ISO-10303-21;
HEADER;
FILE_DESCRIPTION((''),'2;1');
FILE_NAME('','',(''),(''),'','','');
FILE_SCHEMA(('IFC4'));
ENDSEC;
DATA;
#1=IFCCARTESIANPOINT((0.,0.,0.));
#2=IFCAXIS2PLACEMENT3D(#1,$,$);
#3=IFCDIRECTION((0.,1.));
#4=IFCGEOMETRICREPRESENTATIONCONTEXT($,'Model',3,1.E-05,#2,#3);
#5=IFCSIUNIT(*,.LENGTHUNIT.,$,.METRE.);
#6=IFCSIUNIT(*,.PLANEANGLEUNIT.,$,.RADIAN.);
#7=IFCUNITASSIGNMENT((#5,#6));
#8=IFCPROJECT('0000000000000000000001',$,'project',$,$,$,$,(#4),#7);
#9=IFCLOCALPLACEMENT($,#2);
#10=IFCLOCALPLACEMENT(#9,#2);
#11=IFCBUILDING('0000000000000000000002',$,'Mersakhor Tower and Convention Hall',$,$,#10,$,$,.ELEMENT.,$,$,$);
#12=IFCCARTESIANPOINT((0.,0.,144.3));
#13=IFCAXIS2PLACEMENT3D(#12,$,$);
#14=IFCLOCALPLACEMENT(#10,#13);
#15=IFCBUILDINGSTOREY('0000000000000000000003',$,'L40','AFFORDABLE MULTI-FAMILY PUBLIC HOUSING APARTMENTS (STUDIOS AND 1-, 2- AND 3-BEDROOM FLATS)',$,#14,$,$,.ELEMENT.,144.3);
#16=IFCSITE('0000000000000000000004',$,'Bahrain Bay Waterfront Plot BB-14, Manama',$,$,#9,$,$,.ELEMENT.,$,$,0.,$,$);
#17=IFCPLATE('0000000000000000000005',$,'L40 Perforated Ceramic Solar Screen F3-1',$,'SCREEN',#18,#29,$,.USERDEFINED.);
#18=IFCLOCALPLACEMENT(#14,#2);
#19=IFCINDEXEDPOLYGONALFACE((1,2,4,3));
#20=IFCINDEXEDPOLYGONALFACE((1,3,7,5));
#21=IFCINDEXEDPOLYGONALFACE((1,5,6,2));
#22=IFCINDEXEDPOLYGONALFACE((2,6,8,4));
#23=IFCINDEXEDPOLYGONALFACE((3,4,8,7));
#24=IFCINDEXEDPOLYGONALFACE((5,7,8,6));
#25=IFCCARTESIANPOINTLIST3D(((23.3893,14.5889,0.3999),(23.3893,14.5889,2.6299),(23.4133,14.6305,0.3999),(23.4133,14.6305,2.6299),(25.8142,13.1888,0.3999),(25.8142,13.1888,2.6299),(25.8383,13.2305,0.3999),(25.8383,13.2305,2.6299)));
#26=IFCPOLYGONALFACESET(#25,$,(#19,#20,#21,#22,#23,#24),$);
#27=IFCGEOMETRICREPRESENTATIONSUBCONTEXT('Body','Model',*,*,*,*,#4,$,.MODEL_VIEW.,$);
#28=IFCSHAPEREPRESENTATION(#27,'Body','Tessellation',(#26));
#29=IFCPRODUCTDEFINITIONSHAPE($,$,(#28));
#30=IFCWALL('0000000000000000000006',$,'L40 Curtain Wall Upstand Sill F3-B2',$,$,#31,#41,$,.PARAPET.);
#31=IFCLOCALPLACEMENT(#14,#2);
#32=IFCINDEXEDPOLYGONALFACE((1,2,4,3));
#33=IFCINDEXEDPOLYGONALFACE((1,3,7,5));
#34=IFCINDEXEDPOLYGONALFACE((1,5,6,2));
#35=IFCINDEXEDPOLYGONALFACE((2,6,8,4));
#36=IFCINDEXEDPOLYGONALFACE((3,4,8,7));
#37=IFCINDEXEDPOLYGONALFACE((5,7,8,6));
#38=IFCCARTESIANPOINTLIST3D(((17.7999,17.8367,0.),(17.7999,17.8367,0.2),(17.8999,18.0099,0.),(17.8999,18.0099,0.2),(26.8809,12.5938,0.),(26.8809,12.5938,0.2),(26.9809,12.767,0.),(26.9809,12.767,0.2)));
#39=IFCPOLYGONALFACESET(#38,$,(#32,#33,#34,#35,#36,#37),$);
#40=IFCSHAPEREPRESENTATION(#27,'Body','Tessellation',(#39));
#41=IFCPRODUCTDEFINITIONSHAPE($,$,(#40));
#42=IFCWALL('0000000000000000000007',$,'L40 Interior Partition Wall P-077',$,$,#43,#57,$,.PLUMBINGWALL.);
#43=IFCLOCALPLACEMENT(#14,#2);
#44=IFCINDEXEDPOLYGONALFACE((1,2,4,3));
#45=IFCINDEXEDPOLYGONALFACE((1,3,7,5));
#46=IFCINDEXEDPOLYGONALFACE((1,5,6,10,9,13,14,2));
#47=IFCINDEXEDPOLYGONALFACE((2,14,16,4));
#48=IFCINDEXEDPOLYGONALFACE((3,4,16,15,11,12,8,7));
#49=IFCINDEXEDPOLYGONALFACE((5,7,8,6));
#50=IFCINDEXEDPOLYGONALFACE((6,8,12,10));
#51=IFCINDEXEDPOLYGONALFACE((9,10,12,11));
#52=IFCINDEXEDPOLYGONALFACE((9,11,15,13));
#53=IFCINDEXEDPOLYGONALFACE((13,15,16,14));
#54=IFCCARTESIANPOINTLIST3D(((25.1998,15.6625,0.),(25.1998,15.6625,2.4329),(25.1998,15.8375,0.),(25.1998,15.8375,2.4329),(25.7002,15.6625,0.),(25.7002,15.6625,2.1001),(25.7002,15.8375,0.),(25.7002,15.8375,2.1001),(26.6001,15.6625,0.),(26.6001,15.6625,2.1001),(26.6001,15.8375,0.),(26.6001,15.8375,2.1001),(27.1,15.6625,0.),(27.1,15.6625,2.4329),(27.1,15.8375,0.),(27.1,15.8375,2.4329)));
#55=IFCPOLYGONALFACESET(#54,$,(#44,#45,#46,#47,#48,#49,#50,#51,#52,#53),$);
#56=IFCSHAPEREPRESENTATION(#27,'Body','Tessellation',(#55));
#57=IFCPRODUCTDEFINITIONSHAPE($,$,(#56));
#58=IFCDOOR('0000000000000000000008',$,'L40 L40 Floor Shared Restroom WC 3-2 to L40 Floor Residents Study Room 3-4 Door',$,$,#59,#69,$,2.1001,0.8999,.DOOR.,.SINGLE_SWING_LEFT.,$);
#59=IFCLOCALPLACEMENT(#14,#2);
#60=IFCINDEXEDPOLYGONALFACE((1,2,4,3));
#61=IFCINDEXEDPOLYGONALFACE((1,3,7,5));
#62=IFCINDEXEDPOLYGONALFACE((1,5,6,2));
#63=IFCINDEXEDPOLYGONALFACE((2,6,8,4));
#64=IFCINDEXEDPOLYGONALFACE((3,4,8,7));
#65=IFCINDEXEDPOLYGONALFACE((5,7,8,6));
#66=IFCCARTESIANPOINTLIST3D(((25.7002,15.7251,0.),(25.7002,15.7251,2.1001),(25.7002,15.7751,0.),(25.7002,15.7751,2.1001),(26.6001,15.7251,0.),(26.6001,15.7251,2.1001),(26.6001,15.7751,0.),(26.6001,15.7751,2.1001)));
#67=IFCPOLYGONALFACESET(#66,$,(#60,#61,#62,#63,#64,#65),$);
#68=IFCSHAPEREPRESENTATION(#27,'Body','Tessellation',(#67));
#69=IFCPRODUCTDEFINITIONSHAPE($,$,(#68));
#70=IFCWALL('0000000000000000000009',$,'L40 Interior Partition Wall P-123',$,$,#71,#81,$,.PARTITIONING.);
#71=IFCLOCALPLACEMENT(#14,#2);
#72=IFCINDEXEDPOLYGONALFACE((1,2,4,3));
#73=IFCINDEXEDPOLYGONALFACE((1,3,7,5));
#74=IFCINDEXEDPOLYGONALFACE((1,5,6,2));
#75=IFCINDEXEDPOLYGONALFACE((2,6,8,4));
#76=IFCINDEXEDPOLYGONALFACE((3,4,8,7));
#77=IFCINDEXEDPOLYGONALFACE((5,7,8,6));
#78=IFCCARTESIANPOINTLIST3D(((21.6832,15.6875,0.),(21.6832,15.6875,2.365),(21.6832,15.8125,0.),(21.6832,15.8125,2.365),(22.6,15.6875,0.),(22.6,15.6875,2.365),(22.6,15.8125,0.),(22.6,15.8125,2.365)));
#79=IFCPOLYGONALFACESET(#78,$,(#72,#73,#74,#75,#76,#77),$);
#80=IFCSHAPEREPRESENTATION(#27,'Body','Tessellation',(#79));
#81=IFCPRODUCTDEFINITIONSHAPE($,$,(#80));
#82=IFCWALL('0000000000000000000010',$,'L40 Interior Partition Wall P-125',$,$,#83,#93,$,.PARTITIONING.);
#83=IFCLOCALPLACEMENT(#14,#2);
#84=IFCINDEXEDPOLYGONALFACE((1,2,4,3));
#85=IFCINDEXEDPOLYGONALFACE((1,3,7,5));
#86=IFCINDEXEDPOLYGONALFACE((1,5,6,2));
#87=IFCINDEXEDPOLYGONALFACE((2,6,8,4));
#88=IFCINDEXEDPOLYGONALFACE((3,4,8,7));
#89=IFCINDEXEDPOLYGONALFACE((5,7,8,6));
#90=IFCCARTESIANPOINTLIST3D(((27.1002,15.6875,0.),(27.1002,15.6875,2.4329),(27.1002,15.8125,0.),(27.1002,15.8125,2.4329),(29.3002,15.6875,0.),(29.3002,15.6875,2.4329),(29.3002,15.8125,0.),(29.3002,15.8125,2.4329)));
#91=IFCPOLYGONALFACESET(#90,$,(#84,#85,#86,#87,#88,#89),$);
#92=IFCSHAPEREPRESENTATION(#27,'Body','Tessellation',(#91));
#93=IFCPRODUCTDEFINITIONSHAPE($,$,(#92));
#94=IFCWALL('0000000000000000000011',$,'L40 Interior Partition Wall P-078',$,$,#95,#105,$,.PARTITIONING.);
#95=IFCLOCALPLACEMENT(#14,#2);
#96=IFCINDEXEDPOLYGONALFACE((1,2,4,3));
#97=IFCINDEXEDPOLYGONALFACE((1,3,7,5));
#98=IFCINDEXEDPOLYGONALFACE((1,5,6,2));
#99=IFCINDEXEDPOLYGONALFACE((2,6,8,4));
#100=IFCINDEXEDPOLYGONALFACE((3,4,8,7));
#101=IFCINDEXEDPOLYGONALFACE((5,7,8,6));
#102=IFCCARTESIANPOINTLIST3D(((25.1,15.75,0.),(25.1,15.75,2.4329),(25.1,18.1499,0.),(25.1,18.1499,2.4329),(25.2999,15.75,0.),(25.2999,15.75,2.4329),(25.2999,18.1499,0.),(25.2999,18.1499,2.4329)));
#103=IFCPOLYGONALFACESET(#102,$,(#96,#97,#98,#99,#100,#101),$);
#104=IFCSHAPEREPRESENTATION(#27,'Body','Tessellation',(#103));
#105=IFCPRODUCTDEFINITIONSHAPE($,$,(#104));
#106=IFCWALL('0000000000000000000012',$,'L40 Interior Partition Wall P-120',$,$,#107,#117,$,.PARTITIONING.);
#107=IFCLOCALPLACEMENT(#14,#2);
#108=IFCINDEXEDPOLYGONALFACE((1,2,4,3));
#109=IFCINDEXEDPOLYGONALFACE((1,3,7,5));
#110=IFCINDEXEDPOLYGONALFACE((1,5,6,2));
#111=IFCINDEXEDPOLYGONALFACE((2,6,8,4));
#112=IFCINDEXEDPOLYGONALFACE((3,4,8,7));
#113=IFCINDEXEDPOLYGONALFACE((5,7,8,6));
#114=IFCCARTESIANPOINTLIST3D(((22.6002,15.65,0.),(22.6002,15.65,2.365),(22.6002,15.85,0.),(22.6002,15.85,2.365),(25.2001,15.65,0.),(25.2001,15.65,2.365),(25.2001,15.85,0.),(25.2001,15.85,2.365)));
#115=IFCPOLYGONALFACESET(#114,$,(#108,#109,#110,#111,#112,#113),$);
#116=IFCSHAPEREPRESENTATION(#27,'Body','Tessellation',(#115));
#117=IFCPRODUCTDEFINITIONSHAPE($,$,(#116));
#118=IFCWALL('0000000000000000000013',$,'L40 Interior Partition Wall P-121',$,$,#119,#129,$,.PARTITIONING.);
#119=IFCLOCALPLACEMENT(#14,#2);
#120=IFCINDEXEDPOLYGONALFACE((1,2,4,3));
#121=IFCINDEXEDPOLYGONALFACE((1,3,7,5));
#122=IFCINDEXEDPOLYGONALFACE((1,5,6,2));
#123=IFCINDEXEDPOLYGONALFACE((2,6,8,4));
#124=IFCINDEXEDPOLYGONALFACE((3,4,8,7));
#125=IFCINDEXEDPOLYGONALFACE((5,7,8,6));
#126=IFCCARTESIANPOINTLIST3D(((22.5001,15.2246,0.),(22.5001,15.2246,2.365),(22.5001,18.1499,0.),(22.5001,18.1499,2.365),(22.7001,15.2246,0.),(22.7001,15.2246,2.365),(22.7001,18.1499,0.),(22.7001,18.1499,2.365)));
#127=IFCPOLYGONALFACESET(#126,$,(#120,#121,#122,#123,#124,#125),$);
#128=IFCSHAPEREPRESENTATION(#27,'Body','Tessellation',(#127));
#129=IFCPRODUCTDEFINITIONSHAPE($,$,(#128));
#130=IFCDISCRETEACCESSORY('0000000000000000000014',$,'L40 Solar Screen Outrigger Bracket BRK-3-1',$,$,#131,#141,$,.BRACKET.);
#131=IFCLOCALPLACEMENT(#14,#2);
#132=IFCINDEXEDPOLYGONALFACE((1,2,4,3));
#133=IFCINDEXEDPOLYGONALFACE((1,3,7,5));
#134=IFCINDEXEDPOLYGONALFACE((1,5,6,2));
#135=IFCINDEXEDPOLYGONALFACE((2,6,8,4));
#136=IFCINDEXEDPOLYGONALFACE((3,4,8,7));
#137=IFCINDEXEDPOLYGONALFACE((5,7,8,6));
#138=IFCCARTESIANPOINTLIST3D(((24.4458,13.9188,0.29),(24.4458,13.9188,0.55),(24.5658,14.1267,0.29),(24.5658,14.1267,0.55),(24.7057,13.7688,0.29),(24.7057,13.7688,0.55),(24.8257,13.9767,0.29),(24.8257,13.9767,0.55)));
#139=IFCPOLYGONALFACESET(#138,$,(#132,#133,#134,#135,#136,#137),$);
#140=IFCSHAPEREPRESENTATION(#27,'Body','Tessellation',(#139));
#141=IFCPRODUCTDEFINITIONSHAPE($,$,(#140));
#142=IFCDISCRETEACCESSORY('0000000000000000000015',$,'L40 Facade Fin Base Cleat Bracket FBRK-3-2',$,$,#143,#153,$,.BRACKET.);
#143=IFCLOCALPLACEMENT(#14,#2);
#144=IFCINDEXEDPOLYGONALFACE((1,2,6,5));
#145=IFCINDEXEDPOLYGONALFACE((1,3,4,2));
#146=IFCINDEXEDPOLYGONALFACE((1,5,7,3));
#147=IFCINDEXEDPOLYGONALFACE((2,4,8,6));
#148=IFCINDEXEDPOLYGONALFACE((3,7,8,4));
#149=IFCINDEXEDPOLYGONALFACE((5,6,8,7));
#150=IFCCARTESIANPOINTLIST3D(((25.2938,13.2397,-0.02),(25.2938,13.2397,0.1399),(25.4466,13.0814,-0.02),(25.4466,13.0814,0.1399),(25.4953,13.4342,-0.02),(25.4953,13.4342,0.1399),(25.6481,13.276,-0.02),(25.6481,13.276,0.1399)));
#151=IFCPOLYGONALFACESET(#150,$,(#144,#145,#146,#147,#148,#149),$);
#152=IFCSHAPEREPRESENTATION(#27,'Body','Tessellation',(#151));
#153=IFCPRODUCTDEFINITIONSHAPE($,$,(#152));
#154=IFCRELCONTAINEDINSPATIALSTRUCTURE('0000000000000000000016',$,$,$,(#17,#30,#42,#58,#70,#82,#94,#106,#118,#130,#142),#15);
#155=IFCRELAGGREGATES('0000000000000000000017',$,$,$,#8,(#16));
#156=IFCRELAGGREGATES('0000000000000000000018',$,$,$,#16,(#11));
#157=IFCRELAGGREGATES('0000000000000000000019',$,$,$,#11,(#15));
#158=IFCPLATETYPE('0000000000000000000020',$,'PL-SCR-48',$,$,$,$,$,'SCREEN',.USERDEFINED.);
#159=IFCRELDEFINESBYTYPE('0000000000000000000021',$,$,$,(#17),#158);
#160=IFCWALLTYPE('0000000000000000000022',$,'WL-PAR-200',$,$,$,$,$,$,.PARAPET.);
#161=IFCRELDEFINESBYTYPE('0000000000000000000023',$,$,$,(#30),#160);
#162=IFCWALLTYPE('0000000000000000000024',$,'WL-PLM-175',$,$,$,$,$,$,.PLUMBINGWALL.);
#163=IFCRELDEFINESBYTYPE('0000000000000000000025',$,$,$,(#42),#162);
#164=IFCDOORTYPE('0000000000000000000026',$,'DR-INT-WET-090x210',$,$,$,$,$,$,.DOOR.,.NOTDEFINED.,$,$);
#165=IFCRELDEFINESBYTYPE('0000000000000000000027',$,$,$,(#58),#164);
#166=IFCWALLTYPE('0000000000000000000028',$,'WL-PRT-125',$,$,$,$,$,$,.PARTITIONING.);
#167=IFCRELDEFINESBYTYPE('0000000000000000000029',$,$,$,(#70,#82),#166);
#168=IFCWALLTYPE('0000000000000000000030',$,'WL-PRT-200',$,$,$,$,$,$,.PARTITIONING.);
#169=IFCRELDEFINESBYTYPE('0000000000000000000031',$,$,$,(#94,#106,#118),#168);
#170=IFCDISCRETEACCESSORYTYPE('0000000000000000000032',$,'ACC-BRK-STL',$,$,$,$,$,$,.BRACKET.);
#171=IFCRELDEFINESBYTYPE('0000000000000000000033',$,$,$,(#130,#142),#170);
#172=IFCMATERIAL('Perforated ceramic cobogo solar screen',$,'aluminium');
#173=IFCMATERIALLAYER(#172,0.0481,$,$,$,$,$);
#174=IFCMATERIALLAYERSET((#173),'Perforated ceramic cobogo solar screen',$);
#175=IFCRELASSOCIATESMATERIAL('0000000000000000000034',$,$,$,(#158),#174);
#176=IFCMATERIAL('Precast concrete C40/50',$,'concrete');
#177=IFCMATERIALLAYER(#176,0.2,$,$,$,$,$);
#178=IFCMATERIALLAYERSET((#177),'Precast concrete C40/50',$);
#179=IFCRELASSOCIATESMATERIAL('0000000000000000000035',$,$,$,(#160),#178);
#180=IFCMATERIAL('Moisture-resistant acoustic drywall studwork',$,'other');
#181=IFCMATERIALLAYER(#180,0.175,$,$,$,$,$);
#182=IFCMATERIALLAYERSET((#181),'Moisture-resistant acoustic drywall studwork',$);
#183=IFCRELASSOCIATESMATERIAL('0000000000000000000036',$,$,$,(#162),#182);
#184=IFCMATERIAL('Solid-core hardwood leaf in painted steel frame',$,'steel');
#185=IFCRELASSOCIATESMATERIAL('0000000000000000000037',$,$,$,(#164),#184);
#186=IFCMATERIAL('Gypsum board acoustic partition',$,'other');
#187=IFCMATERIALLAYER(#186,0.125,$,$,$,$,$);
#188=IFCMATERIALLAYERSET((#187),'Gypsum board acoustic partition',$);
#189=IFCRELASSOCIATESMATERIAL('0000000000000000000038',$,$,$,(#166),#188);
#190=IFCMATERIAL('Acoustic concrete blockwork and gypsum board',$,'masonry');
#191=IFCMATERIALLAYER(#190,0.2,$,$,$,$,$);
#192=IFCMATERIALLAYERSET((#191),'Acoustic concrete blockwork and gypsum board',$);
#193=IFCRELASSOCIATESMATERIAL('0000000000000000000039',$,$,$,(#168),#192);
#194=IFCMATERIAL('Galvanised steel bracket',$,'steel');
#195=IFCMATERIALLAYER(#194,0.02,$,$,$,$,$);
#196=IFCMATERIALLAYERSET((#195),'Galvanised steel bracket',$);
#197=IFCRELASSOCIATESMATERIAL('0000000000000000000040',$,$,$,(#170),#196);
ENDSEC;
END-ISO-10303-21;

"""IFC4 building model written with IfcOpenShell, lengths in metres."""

from ifc_helpers import new_model, si_unit, direction, frame, frame_2d, origin, origin_2d, place, context, subcontext, project, spatial, rectangle, extrude, material, layer, layer_set, type_object, element, fill, save


model = new_model("IFC4")

# Units and contexts
model_context = context("Model", 3, precision=1e-05, world=origin(), true_north=direction((0.0, 1.0)))
body_context = subcontext(model_context, "Body", "Model", "MODEL_VIEW")
ifc_project = project(units=[si_unit("LENGTHUNIT", "METRE"), si_unit("PLANEANGLEUNIT", "RADIAN")], contexts=[model_context])

# Site, building, storey
site_placement = place(None, origin())
site = spatial("IfcSite", under=ifc_project, at=site_placement, Name="Bahrain Bay Waterfront Plot BB-14, Manama", CompositionType="ELEMENT", RefElevation=0.0)
building_placement = place(site_placement, origin())
building = spatial("IfcBuilding", under=site, at=building_placement, Name="Mersakhor Tower and Convention Hall", CompositionType="ELEMENT")
storey_placement = place(building_placement, frame((0.0, 0.0, 144.3)))
storey = spatial("IfcBuildingStorey", under=building, at=storey_placement, Name="L40", Description="AFFORDABLE MULTI-FAMILY PUBLIC HOUSING APARTMENTS (STUDIOS AND 1-, 2- AND 3-BEDROOM FLATS)", CompositionType="ELEMENT", Elevation=144.3)

# Plate
ifc_material_1 = material(Name="Perforated ceramic cobogo solar screen", Category="aluminium")
ifc_layer_1 = layer(ifc_material_1, 0.0481)
ifc_layer_set_1 = layer_set([ifc_layer_1], Name="Perforated ceramic cobogo solar screen")
plate_type_1 = type_object("IfcPlateType", Name="PL-SCR-48", ElementType="SCREEN", PredefinedType="USERDEFINED", material=ifc_layer_set_1)
plate_1_placement = place(storey_placement, frame((24.6138, 13.9097, 0.3999), z_axis=(0.0, 0.0, 1.0), x_axis=(-0.866025, 0.5, 0.0)))
element("IfcPlate", 1, at=plate_1_placement, inside=storey, type_object=plate_type_1, Name="L40 Perforated Ceramic Solar Screen F3-1", ObjectType="SCREEN", PredefinedType="USERDEFINED", context=body_context, shape_type="SweptSolid", body=[
    extrude(rectangle(XDim=2.8, YDim=0.0481, at=origin_2d()), origin(), (0.0, 0.0, 1.0), 2.23),
])

# Wall
ifc_material_2 = material(Name="Precast concrete C40/50", Category="concrete")
ifc_layer_2 = layer(ifc_material_2, 0.2)
ifc_layer_set_2 = layer_set([ifc_layer_2], Name="Precast concrete C40/50")
wall_type_1 = type_object("IfcWallType", Name="WL-PAR-200", PredefinedType="PARAPET", material=ifc_layer_set_2)
wall_1_placement = place(storey_placement, frame((26.9309, 12.6804, 0.0), z_axis=(0.0, 0.0, 1.0), x_axis=(-0.866027, 0.499998, 0.0)))
element("IfcWall", 2, at=wall_1_placement, inside=storey, type_object=wall_type_1, Name="L40 Curtain Wall Upstand Sill F3-B2", PredefinedType="PARAPET", context=body_context, shape_type="SweptSolid", body=[
    extrude(rectangle(XDim=10.4858, YDim=0.2, at=frame_2d((5.2429, 0.0))), origin(), (0.0, 0.0, 1.0), 0.2),
])

# Wall, opening, door
ifc_material_3 = material(Name="Moisture-resistant acoustic drywall studwork", Category="other")
ifc_layer_3 = layer(ifc_material_3, 0.175)
ifc_layer_set_3 = layer_set([ifc_layer_3], Name="Moisture-resistant acoustic drywall studwork")
wall_type_2 = type_object("IfcWallType", Name="WL-PLM-175", PredefinedType="PLUMBINGWALL", material=ifc_layer_set_3)
wall_2_placement = place(storey_placement, frame((27.1001, 15.75, 0.0), z_axis=(0.0, 0.0, 1.0), x_axis=(-1.0, 0.0, 0.0)))
wall_2 = element("IfcWall", 3, at=wall_2_placement, inside=storey, type_object=wall_type_2, Name="L40 Interior Partition Wall P-077", PredefinedType="PLUMBINGWALL", context=body_context, shape_type="SweptSolid", body=[
    extrude(rectangle(XDim=1.9001, YDim=0.175, at=frame_2d((0.9502, 0.0))), origin(), (0.0, 0.0, 1.0), 2.4329),
])
opening_placement = place(wall_2_placement, frame((0.5, 0.0, 0.0)))
opening = element("IfcOpeningElement", 4, at=opening_placement, cuts=wall_2, PredefinedType="OPENING", context=body_context, shape_type="SweptSolid", body=[
    extrude(rectangle(XDim=0.8999, YDim=2.1001, at=frame_2d((0.45, 1.05))), frame((0.0, 0.0974, 0.0), z_axis=(0.0, -1.0, 0.0), x_axis=(1.0, 0.0, 0.0)), (0.0, 0.0, 1.0), 0.1951),
])
ifc_material_4 = material(Name="Solid-core hardwood leaf in painted steel frame", Category="steel")
door_type = type_object("IfcDoorType", Name="DR-INT-WET-090x210", OperationType="NOTDEFINED", PredefinedType="DOOR", material=ifc_material_4)
door_placement = place(opening_placement, origin())
door = element("IfcDoor", 5, at=door_placement, inside=storey, type_object=door_type, Name="L40 L40 Floor Shared Restroom WC 3-2 to L40 Floor Residents Study Room 3-4 Door", OperationType="SINGLE_SWING_LEFT", OverallHeight=2.1001, OverallWidth=0.8999, PredefinedType="DOOR", context=body_context, shape_type="SweptSolid", body=[
    extrude(rectangle(XDim=0.8999, YDim=2.1001, at=frame_2d((0.45, 1.05))), frame((0.0, 0.0249, 0.0), z_axis=(0.0, -1.0, 0.0), x_axis=(1.0, 0.0, 0.0)), (0.0, 0.0, 1.0), 0.05),
])
fill(opening, door)

# Walls
ifc_material_5 = material(Name="Gypsum board acoustic partition", Category="other")
ifc_layer_4 = layer(ifc_material_5, 0.125)
ifc_layer_set_4 = layer_set([ifc_layer_4], Name="Gypsum board acoustic partition")
wall_type_3 = type_object("IfcWallType", Name="WL-PRT-125", PredefinedType="PARTITIONING", material=ifc_layer_set_4)
wall_3_placement = place(storey_placement, frame((22.6001, 15.75, 0.0), z_axis=(0.0, 0.0, 1.0), x_axis=(-1.0, 0.0, 0.0)))
element("IfcWall", 6, at=wall_3_placement, inside=storey, type_object=wall_type_3, Name="L40 Interior Partition Wall P-123", PredefinedType="PARTITIONING", context=body_context, shape_type="SweptSolid", body=[
    extrude(rectangle(XDim=0.9167, YDim=0.125, at=frame_2d((0.4585, 0.0))), origin(), (0.0, 0.0, 1.0), 2.365),
])
wall_4_placement = place(storey_placement, frame((27.1001, 15.75, 0.0), z_axis=(0.0, 0.0, 1.0), x_axis=(1.0, 0.0, 0.0)))
element("IfcWall", 7, at=wall_4_placement, inside=storey, type_object=wall_type_3, Name="L40 Interior Partition Wall P-125", PredefinedType="PARTITIONING", context=body_context, shape_type="SweptSolid", body=[
    extrude(rectangle(XDim=2.2, YDim=0.125, at=frame_2d((1.1001, 0.0))), origin(), (0.0, 0.0, 1.0), 2.4329),
])
ifc_material_6 = material(Name="Acoustic concrete blockwork and gypsum board", Category="masonry")
ifc_layer_5 = layer(ifc_material_6, 0.2)
ifc_layer_set_5 = layer_set([ifc_layer_5], Name="Acoustic concrete blockwork and gypsum board")
wall_type_4 = type_object("IfcWallType", Name="WL-PRT-200", PredefinedType="PARTITIONING", material=ifc_layer_set_5)
wall_5_placement = place(storey_placement, frame((25.2, 15.75, 0.0), z_axis=(0.0, 0.0, 1.0), x_axis=(0.0, 1.0, 0.0)))
element("IfcWall", 8, at=wall_5_placement, inside=storey, type_object=wall_type_4, Name="L40 Interior Partition Wall P-078", PredefinedType="PARTITIONING", context=body_context, shape_type="SweptSolid", body=[
    extrude(rectangle(XDim=2.3999, YDim=0.2, at=frame_2d((1.2, 0.0))), origin(), (0.0, 0.0, 1.0), 2.4329),
])
wall_6_placement = place(storey_placement, frame((25.2, 15.75, 0.0), z_axis=(0.0, 0.0, 1.0), x_axis=(-1.0, 0.0, 0.0)))
element("IfcWall", 9, at=wall_6_placement, inside=storey, type_object=wall_type_4, Name="L40 Interior Partition Wall P-120", PredefinedType="PARTITIONING", context=body_context, shape_type="SweptSolid", body=[
    extrude(rectangle(XDim=2.5999, YDim=0.2, at=frame_2d((1.2998, 0.0))), origin(), (0.0, 0.0, 1.0), 2.365),
])
wall_7_placement = place(storey_placement, frame((22.6001, 15.2246, 0.0), z_axis=(0.0, 0.0, 1.0), x_axis=(0.0, 1.0, 0.0)))
element("IfcWall", 10, at=wall_7_placement, inside=storey, type_object=wall_type_4, Name="L40 Interior Partition Wall P-121", PredefinedType="PARTITIONING", context=body_context, shape_type="SweptSolid", body=[
    extrude(rectangle(XDim=2.9253, YDim=0.2, at=frame_2d((1.4626, 0.0))), origin(), (0.0, 0.0, 1.0), 2.365),
])

# Discrete accessories
ifc_material_7 = material(Name="Galvanised steel bracket", Category="steel")
ifc_layer_6 = layer(ifc_material_7, 0.02)
ifc_layer_set_6 = layer_set([ifc_layer_6], Name="Galvanised steel bracket")
discrete_accessory_type = type_object("IfcDiscreteAccessoryType", Name="ACC-BRK-STL", PredefinedType="BRACKET", material=ifc_layer_set_6)
discrete_accessory_1_placement = place(storey_placement, frame((24.6357, 13.9478, 0.29), z_axis=(0.0, 0.0, 1.0), x_axis=(-0.866025, 0.5, 0.0)))
element("IfcDiscreteAccessory", 11, at=discrete_accessory_1_placement, inside=storey, type_object=discrete_accessory_type, Name="L40 Solar Screen Outrigger Bracket BRK-3-1", PredefinedType="BRACKET", context=body_context, shape_type="SweptSolid", body=[
    extrude(rectangle(XDim=0.3, YDim=0.24, at=origin_2d()), origin(), (0.0, 0.0, 1.0), 0.26),
])
discrete_accessory_2_placement = place(storey_placement, frame((25.4709, 13.2578, -0.02), z_axis=(0.0, 0.0, 1.0), x_axis=(-0.71934, -0.694658, 0.0)))
element("IfcDiscreteAccessory", 12, at=discrete_accessory_2_placement, inside=storey, type_object=discrete_accessory_type, Name="L40 Facade Fin Base Cleat Bracket FBRK-3-2", PredefinedType="BRACKET", context=body_context, shape_type="SweptSolid", body=[
    extrude(rectangle(XDim=0.28, YDim=0.22, at=origin_2d()), origin(), (0.0, 0.0, 1.0), 0.1599),
])

save(model, "model.ifc")
